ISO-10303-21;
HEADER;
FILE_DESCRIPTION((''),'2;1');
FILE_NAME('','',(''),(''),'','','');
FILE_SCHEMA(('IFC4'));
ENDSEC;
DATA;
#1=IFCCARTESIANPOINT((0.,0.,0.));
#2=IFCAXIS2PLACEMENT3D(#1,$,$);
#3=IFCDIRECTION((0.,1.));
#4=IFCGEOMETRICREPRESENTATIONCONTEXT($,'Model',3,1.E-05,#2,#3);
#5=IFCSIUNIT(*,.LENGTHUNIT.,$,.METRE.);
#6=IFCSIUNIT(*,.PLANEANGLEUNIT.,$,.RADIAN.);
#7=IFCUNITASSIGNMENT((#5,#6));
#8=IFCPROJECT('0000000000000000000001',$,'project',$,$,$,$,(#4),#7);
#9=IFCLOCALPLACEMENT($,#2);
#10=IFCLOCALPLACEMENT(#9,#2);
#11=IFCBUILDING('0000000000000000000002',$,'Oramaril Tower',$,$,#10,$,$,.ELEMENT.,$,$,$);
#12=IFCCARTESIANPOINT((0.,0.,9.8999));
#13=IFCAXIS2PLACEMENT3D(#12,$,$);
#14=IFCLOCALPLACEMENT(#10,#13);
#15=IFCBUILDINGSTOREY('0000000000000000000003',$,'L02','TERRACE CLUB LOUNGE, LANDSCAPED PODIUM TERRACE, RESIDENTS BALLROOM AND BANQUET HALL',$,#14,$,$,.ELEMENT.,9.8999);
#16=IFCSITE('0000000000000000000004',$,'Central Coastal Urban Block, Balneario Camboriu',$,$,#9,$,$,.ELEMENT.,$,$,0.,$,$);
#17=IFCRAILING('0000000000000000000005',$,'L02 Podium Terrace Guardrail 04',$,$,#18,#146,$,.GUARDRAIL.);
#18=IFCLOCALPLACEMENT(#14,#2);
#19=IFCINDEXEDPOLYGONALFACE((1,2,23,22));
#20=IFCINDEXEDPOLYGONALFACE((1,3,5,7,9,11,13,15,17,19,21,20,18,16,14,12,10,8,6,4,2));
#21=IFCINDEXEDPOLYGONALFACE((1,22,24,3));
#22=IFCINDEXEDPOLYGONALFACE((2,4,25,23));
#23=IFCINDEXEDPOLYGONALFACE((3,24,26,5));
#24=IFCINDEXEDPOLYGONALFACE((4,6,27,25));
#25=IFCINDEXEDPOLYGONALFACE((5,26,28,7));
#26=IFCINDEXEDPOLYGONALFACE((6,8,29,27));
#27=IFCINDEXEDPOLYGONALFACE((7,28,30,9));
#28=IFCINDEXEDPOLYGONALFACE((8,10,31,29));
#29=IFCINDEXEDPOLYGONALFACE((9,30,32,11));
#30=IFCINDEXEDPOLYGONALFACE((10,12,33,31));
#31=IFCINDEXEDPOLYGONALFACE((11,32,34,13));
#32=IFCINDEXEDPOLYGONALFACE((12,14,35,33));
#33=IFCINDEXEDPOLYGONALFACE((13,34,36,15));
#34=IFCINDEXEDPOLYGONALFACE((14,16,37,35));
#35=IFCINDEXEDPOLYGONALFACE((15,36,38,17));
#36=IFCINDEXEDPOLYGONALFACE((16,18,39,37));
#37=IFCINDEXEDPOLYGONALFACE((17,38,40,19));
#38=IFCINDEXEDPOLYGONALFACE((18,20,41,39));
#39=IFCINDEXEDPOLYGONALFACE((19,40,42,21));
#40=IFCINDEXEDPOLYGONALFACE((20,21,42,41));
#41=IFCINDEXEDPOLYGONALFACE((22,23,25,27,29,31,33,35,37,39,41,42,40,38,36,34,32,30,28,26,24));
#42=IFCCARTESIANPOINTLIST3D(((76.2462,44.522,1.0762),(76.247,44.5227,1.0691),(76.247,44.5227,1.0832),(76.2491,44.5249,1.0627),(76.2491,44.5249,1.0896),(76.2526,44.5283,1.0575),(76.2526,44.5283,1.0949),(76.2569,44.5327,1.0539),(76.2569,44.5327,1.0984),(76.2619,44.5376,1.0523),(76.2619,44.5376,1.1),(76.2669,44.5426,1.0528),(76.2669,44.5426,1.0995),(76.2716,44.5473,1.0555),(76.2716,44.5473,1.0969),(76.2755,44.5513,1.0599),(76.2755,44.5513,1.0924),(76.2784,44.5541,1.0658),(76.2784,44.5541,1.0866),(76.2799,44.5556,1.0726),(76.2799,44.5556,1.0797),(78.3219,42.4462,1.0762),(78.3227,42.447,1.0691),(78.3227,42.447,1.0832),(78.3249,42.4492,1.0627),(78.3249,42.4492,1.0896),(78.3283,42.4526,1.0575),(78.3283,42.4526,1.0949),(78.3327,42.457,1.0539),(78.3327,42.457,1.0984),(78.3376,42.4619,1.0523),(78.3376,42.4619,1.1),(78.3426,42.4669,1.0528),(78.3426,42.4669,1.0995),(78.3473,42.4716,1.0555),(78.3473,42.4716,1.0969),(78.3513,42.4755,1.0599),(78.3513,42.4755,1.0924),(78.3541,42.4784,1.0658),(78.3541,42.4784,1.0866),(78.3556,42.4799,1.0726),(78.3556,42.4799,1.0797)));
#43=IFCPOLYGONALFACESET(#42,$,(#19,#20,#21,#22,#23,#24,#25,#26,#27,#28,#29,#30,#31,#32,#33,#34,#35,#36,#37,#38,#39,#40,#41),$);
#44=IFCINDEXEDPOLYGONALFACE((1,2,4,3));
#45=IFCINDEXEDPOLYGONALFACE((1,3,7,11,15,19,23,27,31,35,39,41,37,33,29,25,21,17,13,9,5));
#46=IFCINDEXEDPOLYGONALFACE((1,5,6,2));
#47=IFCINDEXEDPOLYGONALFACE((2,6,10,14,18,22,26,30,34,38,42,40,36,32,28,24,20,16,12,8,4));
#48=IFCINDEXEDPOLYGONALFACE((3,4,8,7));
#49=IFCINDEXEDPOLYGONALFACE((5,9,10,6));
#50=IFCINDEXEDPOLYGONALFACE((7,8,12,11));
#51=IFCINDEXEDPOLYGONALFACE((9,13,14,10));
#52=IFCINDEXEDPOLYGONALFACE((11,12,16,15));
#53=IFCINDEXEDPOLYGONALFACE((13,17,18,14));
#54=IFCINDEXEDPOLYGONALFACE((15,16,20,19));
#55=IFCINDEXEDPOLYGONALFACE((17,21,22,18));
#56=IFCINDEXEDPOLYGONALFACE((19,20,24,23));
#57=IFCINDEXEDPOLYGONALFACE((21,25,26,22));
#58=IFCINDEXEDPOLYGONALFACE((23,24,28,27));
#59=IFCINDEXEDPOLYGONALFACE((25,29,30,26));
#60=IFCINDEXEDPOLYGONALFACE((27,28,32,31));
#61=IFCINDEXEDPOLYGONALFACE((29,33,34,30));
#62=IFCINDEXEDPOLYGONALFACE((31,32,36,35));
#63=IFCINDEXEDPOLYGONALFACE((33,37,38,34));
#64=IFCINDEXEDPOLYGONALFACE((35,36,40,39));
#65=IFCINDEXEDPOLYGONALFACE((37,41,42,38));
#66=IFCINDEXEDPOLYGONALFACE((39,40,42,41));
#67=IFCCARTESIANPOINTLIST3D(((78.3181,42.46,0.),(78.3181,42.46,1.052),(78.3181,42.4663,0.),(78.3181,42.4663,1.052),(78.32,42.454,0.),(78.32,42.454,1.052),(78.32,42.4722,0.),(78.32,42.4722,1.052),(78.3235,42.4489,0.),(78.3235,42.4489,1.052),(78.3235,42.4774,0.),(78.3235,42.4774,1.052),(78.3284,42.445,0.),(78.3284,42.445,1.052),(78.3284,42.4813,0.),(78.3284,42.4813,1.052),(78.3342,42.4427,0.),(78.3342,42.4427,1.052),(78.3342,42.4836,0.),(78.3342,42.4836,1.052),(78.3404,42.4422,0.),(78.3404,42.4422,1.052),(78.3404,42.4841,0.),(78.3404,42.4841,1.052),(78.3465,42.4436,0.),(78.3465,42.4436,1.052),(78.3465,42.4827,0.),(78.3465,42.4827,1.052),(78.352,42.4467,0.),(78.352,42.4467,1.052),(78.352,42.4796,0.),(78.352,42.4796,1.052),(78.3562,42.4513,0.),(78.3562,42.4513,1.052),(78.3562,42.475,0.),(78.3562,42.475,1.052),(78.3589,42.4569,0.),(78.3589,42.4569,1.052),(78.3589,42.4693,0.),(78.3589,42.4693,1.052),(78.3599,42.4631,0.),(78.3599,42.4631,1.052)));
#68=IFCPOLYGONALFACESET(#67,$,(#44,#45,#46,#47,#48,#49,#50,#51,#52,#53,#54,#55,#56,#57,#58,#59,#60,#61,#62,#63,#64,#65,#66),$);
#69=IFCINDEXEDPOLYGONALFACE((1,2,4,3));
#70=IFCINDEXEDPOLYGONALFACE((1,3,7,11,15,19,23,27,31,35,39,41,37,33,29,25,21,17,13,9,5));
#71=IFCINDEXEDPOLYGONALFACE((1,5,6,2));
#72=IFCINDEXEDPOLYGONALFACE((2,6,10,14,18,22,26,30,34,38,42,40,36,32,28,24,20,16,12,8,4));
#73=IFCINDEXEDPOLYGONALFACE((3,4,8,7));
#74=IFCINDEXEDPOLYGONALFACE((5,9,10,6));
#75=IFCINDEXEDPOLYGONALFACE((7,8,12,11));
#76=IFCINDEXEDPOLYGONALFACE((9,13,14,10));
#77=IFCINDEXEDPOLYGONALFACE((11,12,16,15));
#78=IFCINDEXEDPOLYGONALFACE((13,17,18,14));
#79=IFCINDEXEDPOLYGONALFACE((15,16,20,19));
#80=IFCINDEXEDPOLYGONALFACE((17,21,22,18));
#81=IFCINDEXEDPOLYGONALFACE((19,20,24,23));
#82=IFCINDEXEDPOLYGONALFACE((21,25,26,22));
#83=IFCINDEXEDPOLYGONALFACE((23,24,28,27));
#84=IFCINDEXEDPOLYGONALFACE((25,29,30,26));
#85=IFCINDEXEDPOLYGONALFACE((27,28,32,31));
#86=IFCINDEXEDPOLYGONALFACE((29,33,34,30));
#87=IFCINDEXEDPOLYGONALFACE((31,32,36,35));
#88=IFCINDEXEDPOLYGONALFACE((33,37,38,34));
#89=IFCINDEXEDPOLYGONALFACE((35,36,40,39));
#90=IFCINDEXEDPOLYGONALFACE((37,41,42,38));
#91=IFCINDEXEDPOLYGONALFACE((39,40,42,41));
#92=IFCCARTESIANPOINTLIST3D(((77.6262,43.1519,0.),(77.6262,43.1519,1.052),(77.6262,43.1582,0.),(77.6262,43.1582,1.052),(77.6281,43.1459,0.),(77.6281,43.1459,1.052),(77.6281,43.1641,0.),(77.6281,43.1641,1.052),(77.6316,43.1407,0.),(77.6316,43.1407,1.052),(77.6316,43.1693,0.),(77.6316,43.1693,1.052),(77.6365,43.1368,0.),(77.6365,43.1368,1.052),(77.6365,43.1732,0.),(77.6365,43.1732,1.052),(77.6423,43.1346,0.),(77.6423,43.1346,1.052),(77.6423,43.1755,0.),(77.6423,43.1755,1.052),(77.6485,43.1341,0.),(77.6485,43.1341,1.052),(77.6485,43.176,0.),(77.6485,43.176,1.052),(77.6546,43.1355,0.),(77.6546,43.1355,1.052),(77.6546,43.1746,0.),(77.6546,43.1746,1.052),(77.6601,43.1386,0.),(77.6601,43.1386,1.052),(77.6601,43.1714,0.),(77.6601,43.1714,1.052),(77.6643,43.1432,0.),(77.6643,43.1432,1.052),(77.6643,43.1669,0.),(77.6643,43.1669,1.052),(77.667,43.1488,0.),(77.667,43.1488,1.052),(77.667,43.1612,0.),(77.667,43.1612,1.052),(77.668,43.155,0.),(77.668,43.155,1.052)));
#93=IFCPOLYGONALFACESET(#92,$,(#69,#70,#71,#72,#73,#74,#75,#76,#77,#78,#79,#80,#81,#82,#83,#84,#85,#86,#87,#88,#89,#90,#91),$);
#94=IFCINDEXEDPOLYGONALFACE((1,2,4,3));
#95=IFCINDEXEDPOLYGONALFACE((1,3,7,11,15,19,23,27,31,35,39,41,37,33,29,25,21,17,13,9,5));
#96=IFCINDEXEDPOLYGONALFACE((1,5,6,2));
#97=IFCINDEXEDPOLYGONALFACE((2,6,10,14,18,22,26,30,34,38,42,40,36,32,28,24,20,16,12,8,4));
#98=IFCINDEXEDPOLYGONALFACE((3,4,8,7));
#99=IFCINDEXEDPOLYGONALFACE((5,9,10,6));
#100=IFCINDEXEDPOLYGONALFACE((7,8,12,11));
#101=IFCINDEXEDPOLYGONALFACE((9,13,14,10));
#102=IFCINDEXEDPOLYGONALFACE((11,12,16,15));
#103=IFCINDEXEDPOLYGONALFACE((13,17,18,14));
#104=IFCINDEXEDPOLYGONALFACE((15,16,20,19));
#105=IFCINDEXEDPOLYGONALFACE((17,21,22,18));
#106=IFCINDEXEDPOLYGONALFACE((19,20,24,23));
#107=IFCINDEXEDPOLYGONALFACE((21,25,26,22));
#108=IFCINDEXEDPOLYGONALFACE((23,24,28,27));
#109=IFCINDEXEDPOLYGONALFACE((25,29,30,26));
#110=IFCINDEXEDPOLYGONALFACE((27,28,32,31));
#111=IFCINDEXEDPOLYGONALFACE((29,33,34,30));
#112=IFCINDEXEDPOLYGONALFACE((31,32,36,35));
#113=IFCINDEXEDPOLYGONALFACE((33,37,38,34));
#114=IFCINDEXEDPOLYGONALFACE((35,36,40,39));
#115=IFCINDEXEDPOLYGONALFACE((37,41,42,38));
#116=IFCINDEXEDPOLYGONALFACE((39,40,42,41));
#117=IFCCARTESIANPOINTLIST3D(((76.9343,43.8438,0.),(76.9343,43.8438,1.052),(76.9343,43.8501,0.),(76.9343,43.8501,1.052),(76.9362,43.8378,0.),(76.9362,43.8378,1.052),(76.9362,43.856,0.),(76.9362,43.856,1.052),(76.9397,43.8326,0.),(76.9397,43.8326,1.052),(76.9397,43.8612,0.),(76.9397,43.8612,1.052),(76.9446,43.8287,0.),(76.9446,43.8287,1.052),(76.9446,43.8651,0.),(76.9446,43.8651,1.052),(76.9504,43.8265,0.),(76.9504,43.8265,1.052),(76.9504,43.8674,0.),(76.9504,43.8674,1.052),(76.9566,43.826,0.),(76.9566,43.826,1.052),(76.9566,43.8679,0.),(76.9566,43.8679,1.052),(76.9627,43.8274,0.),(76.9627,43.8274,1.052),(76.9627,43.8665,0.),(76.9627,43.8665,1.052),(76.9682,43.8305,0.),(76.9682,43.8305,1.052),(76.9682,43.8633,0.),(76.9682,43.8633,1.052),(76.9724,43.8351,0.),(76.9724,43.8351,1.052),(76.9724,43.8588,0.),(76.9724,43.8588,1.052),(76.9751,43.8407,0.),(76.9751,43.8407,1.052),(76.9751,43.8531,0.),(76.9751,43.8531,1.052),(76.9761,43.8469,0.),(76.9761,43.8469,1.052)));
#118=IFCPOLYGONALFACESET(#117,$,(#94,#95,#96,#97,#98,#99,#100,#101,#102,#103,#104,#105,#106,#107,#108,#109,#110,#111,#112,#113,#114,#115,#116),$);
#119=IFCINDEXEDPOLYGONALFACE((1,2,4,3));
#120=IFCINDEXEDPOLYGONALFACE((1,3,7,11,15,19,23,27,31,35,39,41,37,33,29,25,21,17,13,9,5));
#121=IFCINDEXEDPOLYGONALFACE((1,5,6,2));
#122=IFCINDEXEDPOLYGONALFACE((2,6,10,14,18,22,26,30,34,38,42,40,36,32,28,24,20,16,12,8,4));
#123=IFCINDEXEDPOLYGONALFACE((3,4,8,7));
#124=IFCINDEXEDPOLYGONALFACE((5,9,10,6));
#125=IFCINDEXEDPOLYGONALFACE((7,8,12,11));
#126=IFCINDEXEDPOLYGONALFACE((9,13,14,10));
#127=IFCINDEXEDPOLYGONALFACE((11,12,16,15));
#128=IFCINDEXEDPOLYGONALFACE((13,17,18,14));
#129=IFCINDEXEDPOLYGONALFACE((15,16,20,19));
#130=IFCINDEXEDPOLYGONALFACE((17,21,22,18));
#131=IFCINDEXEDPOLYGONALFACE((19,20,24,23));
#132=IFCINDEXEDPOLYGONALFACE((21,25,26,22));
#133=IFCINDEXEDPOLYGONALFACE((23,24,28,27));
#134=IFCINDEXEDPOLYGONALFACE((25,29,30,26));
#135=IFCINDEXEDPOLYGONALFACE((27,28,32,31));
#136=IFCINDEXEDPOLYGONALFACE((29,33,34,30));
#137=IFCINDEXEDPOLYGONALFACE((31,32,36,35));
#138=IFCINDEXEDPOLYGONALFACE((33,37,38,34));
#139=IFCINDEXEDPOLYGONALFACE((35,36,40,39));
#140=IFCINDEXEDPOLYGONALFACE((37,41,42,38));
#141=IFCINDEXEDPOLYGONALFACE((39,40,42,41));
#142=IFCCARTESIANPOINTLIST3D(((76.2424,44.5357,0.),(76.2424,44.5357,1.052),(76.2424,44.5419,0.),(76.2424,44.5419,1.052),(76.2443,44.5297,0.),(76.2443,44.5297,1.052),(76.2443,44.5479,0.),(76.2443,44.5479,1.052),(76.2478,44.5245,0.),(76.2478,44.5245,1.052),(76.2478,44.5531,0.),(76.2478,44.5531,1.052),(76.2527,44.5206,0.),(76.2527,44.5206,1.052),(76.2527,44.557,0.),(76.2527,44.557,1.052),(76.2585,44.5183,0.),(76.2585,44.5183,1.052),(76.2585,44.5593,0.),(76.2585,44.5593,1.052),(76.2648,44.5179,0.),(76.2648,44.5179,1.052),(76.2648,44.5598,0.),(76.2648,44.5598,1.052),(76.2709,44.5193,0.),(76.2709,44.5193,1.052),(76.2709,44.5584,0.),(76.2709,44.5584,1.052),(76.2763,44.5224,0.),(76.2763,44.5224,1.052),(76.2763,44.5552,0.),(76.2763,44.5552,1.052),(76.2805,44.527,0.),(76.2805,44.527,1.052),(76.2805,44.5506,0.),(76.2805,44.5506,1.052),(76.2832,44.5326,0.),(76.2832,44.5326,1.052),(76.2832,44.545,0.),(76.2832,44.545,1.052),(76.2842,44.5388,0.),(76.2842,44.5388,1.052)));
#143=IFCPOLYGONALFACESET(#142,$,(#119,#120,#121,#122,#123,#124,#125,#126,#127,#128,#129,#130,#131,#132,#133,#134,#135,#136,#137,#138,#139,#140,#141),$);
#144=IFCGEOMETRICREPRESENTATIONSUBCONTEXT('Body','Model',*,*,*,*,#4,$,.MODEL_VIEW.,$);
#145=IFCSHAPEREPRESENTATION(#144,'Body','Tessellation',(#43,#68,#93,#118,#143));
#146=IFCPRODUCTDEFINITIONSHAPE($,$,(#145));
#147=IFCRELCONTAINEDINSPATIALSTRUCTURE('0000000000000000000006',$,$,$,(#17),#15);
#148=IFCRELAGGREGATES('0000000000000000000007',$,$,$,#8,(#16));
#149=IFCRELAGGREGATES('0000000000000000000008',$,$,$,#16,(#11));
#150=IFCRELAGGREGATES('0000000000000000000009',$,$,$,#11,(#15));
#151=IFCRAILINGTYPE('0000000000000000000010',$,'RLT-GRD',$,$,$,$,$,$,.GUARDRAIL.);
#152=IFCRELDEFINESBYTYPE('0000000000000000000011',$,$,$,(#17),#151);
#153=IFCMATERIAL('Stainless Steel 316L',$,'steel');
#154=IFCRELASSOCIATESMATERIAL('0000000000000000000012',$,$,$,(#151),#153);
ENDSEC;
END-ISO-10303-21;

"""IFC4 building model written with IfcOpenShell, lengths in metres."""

from ifc_helpers import new_model, si_unit, direction, frame, origin, origin_2d, place, context, subcontext, project, spatial, circle, extrude, material, type_object, element, save


model = new_model("IFC4")

# Units and contexts
model_context = context("Model", 3, precision=1e-05, world=origin(), true_north=direction((0.0, 1.0)))
body_context = subcontext(model_context, "Body", "Model", "MODEL_VIEW")
ifc_project = project(units=[si_unit("LENGTHUNIT", "METRE"), si_unit("PLANEANGLEUNIT", "RADIAN")], contexts=[model_context])

# Site, building, storey
site_placement = place(None, origin())
site = spatial("IfcSite", under=ifc_project, at=site_placement, Name="Central Coastal Urban Block, Balneario Camboriu", CompositionType="ELEMENT", RefElevation=0.0)
building_placement = place(site_placement, origin())
building = spatial("IfcBuilding", under=site, at=building_placement, Name="Oramaril Tower", CompositionType="ELEMENT")
storey_placement = place(building_placement, frame((0.0, 0.0, 9.8999)))
storey = spatial("IfcBuildingStorey", under=building, at=storey_placement, Name="L02", Description="TERRACE CLUB LOUNGE, LANDSCAPED PODIUM TERRACE, RESIDENTS BALLROOM AND BANQUET HALL", CompositionType="ELEMENT", Elevation=9.8999)

# Railing
ifc_material_1 = material(Name="Stainless Steel 316L", Category="steel")
railing_type = type_object("IfcRailingType", Name="RLT-GRD", PredefinedType="GUARDRAIL", material=ifc_material_1)
railing_1_placement = place(storey_placement, frame((78.3389, 42.4631, 0.0)))
element("IfcRailing", 1, at=railing_1_placement, inside=storey, type_object=railing_type, Name="L02 Podium Terrace Guardrail 04", PredefinedType="GUARDRAIL", context=body_context, shape_type="SweptSolid", body=[
    extrude(circle(Radius=0.0239, at=origin_2d()), frame((0.0, 0.0, 1.0762), z_axis=(-0.707107, 0.707107, 0.0), x_axis=(-0.707107, -0.707107, 0.0)), (0.0, 0.0, 1.0), 2.9355),
    extrude(circle(Radius=0.021, at=origin_2d()), origin(), (0.0, 0.0, 1.0), 1.052),
    extrude(circle(Radius=0.021, at=origin_2d()), frame((-0.6919, 0.6919, 0.0)), (0.0, 0.0, 1.0), 1.052),
    extrude(circle(Radius=0.021, at=origin_2d()), frame((-1.3838, 1.3838, 0.0)), (0.0, 0.0, 1.0), 1.052),
    extrude(circle(Radius=0.021, at=origin_2d()), frame((-2.0757, 2.0757, 0.0)), (0.0, 0.0, 1.0), 1.052),
])

save(model, "model.ifc")
